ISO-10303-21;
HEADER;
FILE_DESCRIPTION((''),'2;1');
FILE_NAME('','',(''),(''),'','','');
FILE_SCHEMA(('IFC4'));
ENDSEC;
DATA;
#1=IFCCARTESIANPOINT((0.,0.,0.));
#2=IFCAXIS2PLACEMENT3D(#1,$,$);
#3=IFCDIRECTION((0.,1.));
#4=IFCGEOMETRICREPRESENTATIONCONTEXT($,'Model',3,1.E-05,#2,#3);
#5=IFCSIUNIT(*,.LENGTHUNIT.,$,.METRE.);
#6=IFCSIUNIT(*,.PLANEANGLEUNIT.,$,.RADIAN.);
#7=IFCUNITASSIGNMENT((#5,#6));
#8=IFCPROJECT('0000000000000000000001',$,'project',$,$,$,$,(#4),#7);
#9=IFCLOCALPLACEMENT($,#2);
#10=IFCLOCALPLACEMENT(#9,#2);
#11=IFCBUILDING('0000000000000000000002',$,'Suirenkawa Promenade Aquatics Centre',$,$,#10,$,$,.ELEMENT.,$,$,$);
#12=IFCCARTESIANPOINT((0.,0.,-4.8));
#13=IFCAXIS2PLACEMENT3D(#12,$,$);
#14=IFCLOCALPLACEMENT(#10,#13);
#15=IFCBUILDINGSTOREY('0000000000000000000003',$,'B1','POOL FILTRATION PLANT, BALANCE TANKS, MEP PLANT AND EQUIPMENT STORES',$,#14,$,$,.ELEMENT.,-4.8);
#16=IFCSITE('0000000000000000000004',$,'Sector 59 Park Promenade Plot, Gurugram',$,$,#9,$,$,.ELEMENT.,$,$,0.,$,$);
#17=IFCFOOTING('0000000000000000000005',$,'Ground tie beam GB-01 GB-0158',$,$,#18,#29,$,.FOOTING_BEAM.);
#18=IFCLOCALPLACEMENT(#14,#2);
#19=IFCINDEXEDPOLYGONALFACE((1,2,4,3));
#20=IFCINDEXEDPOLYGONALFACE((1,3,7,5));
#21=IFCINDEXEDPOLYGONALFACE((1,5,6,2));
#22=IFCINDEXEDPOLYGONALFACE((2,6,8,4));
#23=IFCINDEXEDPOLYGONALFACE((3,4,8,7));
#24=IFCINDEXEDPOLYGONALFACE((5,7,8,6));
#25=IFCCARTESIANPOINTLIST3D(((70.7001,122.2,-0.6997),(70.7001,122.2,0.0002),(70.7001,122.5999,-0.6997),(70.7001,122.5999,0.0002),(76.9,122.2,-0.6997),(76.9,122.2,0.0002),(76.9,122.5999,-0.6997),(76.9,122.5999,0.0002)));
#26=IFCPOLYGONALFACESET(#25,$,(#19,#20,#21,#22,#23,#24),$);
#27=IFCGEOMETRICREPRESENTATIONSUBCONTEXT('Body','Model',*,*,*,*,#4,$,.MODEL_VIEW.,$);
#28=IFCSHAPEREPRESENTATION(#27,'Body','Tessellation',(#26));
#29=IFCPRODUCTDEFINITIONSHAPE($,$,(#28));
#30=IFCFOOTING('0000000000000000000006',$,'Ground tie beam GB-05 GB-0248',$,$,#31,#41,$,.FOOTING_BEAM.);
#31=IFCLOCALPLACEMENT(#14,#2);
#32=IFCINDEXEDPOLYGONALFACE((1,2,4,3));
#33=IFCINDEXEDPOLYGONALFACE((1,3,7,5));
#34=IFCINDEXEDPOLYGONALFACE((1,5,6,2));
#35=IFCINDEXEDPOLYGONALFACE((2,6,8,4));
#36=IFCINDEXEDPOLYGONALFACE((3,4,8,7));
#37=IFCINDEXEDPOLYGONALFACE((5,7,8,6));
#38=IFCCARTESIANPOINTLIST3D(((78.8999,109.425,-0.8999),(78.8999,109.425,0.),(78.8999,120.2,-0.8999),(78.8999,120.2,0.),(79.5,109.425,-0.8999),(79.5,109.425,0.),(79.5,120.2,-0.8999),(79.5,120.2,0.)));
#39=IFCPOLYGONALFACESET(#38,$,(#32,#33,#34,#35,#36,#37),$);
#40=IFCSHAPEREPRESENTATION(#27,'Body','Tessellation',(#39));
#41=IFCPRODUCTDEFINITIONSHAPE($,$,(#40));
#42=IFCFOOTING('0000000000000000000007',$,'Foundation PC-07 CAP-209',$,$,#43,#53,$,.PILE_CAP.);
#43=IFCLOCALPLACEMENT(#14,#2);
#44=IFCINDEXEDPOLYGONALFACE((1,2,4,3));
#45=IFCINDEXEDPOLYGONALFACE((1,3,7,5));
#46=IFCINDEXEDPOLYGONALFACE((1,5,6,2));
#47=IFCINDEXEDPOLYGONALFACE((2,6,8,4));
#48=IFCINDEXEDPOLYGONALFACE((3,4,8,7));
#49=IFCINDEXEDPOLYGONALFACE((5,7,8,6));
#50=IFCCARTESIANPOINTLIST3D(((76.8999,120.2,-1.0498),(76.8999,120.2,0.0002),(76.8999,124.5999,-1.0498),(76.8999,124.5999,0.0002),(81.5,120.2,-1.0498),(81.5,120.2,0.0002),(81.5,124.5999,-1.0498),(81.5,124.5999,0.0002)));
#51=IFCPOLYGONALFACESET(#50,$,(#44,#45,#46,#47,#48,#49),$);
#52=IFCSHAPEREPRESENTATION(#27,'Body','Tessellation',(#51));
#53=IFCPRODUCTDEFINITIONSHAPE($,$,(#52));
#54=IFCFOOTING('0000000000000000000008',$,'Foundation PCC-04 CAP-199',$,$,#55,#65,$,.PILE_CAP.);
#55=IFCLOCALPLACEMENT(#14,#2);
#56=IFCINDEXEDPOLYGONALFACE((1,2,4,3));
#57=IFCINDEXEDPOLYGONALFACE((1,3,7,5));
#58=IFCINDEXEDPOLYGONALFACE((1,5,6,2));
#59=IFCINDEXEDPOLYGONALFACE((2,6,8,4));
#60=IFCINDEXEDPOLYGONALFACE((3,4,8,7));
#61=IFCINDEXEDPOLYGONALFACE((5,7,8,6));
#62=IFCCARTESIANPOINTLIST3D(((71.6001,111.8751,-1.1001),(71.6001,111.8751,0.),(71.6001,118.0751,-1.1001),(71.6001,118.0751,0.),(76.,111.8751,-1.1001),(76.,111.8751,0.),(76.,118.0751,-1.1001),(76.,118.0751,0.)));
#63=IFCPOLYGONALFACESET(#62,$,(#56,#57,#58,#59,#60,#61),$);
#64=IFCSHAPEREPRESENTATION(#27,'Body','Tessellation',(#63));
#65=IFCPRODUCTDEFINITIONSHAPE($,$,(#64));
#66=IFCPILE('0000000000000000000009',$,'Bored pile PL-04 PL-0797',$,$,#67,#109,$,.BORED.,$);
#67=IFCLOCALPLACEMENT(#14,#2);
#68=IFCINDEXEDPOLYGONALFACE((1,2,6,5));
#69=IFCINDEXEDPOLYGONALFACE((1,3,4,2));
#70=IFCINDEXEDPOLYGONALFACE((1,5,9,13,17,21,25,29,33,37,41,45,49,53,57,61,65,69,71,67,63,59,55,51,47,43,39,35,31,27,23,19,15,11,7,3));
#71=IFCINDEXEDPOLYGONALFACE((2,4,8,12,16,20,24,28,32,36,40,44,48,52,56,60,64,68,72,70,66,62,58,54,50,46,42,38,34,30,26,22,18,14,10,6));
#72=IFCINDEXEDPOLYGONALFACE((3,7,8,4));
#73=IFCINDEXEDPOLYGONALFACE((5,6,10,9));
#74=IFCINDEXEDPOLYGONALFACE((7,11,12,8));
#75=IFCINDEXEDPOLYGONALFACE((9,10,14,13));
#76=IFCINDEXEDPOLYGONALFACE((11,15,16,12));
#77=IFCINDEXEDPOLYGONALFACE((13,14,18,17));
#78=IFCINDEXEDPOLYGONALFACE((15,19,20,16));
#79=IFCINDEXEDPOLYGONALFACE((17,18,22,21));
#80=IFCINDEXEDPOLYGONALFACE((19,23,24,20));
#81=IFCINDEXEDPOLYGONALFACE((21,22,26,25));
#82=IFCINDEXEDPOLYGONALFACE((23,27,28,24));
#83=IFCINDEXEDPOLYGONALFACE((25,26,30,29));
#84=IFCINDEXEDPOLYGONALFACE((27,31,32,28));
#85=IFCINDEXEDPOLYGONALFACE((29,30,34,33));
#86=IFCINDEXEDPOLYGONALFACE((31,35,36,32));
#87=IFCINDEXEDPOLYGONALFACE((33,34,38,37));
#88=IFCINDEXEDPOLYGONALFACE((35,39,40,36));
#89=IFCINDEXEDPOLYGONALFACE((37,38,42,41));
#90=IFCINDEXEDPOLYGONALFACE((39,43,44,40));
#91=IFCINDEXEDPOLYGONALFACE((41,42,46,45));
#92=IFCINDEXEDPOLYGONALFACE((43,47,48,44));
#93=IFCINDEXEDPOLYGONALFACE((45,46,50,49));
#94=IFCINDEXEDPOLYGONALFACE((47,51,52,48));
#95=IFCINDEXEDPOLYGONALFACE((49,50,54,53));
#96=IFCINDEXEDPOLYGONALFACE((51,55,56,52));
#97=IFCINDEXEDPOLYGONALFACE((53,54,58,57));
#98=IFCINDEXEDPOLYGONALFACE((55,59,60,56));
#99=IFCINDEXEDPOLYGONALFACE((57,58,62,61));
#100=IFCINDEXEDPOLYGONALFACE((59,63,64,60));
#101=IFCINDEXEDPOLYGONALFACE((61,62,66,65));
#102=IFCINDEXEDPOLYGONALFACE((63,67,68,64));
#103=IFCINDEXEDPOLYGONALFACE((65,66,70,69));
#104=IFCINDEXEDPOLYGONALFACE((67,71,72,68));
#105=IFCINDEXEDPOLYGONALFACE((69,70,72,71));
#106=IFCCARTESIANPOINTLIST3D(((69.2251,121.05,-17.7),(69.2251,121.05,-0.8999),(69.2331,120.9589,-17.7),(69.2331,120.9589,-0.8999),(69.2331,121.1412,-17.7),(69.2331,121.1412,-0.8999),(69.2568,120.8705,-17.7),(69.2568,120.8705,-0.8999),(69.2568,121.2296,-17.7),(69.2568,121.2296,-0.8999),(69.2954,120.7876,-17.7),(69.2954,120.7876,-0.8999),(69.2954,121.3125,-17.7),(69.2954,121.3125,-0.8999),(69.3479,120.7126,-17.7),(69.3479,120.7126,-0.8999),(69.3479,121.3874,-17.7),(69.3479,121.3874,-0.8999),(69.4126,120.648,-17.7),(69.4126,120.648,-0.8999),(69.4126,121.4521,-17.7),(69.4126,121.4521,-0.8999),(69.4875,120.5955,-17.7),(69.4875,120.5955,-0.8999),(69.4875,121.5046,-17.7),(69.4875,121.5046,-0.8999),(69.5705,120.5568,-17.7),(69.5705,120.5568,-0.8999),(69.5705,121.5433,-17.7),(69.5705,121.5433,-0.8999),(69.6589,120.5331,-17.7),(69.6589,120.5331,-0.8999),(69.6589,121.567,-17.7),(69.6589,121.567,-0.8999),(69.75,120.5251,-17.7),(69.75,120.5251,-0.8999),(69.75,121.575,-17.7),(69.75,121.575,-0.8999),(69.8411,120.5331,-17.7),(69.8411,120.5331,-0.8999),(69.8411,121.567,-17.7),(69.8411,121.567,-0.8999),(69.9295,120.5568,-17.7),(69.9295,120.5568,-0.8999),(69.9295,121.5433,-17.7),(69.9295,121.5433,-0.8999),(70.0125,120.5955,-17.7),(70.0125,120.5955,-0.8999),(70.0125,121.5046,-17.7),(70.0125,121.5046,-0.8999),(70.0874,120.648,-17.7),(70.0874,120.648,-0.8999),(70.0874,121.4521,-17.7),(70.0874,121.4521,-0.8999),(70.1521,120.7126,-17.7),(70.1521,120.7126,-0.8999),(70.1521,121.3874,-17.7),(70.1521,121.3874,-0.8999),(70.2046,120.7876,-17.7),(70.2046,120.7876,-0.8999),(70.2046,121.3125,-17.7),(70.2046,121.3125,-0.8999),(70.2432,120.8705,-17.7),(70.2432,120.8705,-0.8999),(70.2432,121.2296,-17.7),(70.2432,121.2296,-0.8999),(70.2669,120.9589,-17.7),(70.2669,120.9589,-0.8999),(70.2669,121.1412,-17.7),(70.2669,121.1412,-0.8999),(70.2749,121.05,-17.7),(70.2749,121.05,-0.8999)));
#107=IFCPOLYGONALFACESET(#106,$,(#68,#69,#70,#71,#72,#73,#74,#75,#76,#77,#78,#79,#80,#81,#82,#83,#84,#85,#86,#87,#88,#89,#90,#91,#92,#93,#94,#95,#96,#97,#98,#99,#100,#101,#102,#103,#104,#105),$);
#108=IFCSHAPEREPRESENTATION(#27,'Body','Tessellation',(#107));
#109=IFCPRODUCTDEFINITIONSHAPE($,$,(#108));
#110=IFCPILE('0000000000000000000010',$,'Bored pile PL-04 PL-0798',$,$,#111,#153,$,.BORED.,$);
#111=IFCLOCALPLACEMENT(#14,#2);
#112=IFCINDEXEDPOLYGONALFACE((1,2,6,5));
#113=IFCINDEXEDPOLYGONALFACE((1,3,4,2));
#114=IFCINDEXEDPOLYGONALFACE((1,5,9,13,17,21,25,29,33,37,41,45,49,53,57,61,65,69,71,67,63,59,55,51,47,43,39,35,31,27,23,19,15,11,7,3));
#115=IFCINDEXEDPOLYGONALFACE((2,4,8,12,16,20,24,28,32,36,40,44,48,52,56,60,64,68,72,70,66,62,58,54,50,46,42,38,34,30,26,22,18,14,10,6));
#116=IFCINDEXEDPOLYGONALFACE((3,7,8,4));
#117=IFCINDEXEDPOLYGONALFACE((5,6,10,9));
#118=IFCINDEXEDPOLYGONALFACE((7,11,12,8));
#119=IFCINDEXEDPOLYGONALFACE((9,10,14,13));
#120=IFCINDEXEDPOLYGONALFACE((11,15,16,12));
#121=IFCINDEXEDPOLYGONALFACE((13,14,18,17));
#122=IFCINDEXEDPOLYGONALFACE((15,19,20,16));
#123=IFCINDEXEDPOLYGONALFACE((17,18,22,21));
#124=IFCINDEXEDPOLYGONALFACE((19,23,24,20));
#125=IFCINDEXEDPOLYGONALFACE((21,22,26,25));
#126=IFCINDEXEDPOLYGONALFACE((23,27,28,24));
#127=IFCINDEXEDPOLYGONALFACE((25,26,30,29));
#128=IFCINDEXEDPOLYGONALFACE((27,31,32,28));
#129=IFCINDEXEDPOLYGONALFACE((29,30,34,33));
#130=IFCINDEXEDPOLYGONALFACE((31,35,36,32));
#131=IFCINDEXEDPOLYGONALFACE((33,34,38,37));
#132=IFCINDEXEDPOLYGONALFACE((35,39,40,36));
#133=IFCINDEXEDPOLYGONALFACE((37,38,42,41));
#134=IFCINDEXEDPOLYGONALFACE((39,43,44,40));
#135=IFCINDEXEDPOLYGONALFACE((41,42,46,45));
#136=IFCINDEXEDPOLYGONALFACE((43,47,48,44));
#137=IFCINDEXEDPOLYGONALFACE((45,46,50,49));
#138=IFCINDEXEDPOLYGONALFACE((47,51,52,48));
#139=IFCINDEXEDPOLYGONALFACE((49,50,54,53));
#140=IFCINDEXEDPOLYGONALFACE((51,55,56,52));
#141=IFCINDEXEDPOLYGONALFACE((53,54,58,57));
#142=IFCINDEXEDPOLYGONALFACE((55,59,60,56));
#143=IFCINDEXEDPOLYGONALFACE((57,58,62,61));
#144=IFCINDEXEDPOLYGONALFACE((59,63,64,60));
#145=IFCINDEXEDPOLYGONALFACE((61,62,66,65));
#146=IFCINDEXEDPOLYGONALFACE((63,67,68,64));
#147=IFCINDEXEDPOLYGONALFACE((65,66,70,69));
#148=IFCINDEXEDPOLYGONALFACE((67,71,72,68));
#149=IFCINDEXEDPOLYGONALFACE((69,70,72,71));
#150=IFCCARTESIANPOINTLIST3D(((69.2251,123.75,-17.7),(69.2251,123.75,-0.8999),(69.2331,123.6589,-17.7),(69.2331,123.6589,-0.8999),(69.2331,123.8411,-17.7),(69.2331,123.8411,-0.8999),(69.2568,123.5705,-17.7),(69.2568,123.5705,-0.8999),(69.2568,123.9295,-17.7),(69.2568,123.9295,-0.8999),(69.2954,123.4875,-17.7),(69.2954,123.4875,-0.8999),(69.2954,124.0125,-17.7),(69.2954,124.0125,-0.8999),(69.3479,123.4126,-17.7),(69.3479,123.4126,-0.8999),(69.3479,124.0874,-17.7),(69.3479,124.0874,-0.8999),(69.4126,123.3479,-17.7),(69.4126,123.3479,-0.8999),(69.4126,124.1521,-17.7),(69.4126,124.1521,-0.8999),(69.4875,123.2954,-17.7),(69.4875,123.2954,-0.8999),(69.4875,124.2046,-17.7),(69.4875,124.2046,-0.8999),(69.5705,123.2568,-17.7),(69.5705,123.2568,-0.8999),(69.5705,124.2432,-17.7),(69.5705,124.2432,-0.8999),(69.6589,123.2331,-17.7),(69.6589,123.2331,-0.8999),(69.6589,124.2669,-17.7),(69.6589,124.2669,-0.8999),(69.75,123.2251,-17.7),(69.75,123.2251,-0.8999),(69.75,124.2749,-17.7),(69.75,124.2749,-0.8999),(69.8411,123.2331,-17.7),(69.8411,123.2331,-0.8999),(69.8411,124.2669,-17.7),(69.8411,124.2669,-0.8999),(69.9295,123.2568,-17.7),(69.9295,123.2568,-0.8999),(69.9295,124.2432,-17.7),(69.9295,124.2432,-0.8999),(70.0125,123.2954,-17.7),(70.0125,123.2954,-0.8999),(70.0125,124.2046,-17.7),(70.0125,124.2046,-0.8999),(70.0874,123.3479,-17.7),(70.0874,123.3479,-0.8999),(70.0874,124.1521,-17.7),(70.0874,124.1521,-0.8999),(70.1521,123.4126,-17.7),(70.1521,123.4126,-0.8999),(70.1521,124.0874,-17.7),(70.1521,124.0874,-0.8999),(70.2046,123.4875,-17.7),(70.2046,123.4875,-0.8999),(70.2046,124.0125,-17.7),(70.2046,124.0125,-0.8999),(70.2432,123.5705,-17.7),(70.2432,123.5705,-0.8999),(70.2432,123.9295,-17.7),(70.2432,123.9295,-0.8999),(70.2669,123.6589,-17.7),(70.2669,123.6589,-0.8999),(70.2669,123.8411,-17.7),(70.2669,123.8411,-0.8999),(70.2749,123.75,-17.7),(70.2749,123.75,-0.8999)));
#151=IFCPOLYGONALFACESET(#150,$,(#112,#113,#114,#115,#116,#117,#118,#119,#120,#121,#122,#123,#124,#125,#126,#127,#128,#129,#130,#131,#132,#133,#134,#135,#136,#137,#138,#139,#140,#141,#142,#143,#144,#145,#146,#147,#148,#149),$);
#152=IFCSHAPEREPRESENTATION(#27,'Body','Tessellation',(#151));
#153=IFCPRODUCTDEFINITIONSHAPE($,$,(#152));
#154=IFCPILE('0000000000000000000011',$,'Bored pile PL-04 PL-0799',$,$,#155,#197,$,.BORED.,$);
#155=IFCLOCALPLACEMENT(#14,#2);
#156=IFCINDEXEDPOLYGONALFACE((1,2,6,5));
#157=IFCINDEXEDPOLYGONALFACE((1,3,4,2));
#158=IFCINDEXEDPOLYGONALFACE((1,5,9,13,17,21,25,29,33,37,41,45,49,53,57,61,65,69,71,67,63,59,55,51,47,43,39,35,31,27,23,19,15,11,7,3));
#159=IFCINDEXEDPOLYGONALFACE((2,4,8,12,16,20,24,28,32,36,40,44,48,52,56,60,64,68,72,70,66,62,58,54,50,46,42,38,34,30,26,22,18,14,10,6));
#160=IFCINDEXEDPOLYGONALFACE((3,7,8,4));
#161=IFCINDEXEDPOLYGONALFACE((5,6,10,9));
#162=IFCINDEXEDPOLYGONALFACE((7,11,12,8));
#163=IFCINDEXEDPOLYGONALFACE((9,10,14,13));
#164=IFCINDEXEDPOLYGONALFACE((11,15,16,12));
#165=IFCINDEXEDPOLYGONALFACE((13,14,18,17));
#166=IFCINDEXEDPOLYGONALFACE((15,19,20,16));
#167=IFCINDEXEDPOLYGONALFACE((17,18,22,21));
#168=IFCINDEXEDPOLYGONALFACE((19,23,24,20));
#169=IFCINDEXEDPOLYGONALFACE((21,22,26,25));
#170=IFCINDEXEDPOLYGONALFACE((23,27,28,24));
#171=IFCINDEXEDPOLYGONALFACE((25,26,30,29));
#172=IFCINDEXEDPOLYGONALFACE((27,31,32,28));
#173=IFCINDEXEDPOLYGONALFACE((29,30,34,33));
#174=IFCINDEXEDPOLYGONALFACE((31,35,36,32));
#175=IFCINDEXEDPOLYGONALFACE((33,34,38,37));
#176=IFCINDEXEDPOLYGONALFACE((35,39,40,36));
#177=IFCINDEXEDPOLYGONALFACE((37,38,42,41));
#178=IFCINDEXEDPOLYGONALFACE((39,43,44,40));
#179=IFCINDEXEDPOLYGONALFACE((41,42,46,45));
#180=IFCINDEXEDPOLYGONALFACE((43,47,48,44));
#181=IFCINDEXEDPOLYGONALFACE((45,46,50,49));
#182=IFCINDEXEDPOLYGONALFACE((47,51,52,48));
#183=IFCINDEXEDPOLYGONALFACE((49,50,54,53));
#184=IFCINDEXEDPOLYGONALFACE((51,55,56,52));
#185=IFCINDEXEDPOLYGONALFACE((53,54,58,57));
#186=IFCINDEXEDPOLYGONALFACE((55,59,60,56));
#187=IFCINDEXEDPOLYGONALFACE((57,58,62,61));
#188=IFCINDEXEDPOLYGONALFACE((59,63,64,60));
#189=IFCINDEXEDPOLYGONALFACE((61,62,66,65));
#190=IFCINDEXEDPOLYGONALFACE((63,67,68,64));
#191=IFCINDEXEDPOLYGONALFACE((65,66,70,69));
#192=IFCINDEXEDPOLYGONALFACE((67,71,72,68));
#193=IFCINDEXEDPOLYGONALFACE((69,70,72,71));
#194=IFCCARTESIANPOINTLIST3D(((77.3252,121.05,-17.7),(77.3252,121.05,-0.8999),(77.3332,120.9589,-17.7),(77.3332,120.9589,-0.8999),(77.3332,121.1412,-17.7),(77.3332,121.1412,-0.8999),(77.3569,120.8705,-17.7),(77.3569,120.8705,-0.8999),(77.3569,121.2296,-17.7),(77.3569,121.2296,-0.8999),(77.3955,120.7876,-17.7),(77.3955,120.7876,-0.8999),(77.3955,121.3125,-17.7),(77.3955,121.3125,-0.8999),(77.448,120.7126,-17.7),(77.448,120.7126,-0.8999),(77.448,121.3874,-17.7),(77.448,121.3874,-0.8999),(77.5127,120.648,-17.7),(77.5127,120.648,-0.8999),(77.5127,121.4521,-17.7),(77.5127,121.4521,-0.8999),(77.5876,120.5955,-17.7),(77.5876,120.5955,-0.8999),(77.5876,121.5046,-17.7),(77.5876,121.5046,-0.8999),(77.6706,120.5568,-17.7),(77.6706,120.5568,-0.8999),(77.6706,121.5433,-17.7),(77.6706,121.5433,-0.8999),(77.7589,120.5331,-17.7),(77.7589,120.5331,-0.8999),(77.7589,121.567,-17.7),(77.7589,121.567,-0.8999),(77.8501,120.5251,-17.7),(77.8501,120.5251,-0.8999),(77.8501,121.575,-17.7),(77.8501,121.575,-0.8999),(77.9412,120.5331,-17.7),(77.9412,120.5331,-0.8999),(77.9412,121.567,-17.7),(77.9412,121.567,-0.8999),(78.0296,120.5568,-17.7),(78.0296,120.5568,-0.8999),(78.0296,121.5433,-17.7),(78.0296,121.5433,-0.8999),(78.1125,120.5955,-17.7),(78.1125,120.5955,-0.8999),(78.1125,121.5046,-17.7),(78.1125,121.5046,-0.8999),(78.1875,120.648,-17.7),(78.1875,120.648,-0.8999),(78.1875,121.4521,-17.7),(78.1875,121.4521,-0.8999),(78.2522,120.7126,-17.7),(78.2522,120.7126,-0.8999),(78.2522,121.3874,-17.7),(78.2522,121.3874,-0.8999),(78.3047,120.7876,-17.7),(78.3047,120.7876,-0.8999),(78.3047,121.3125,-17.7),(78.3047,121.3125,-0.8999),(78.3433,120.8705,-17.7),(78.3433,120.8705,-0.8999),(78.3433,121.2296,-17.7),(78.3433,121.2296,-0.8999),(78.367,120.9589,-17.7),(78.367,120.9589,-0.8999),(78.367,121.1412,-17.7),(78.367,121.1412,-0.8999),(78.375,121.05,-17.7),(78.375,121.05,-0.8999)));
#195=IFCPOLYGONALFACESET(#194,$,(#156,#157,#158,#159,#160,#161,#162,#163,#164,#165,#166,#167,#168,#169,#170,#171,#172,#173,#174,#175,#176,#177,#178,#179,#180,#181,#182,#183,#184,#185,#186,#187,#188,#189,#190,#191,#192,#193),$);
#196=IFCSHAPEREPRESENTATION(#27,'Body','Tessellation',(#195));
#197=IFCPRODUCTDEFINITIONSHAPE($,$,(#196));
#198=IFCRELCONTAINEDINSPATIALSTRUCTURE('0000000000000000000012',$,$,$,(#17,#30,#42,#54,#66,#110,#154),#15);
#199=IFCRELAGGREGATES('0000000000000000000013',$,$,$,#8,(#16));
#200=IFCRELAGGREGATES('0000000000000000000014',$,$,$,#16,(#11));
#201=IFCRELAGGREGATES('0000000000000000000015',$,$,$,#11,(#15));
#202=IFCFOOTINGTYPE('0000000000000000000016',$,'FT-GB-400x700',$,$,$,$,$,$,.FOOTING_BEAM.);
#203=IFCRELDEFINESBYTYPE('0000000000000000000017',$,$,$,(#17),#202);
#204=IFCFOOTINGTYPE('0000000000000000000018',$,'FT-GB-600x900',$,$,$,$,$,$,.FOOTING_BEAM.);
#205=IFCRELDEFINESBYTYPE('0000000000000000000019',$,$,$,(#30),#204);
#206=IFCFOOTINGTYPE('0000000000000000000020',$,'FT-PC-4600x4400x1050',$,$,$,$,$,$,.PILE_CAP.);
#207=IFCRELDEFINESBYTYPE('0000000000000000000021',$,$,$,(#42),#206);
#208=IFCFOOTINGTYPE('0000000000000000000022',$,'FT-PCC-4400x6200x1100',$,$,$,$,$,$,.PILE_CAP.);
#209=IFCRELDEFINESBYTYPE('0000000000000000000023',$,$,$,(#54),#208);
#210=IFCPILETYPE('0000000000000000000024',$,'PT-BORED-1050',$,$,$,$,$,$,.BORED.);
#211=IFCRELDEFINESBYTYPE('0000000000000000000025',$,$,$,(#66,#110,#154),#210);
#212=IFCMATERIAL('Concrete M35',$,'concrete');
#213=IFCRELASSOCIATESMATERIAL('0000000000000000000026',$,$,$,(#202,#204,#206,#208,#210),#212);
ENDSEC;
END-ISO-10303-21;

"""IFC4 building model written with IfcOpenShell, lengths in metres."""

from ifc_helpers import new_model, si_unit, direction, frame, origin, origin_2d, place, context, subcontext, project, spatial, rectangle, circle, extrude, material, material_profile, profile_set, type_object, element, save


model = new_model("IFC4")

# Units and contexts
model_context = context("Model", 3, precision=1e-05, world=origin(), true_north=direction((0.0, 1.0)))
body_context = subcontext(model_context, "Body", "Model", "MODEL_VIEW")
ifc_project = project(units=[si_unit("LENGTHUNIT", "METRE"), si_unit("PLANEANGLEUNIT", "RADIAN")], contexts=[model_context])

# Site, building, storey
site_placement = place(None, origin())
site = spatial("IfcSite", under=ifc_project, at=site_placement, Name="Sector 59 Park Promenade Plot, Gurugram", CompositionType="ELEMENT", RefElevation=0.0)
building_placement = place(site_placement, origin())
building = spatial("IfcBuilding", under=site, at=building_placement, Name="Suirenkawa Promenade Aquatics Centre", CompositionType="ELEMENT")
storey_placement = place(building_placement, frame((0.0, 0.0, -4.8)))
storey = spatial("IfcBuildingStorey", under=building, at=storey_placement, Name="B1", Description="POOL FILTRATION PLANT, BALANCE TANKS, MEP PLANT AND EQUIPMENT STORES", CompositionType="ELEMENT", Elevation=-4.8)

# Footings
ifc_material_1 = material(Name="Concrete M35", Category="concrete")
footing_type_1 = type_object("IfcFootingType", Name="FT-GB-400x700", PredefinedType="FOOTING_BEAM", material=ifc_material_1)
footing_1_placement = place(storey_placement, frame((73.8, 122.3999, -0.6997), z_axis=(0.0, 0.0, 1.0), x_axis=(1.0, 0.0, 0.0)))
element("IfcFooting", 1, at=footing_1_placement, inside=storey, type_object=footing_type_1, Name="Ground tie beam GB-01 GB-0158", PredefinedType="FOOTING_BEAM", context=body_context, shape_type="SweptSolid", body=[
    extrude(rectangle(XDim=6.2, YDim=0.3999, at=origin_2d()), origin(), (0.0, 0.0, 1.0), 0.7),
])
footing_type_2 = type_object("IfcFootingType", Name="FT-GB-600x900", PredefinedType="FOOTING_BEAM", material=ifc_material_1)
footing_2_placement = place(storey_placement, frame((79.2, 114.8125, -0.8999), z_axis=(0.0, 0.0, 1.0), x_axis=(0.0, 1.0, 0.0)))
element("IfcFooting", 2, at=footing_2_placement, inside=storey, type_object=footing_type_2, Name="Ground tie beam GB-05 GB-0248", PredefinedType="FOOTING_BEAM", context=body_context, shape_type="SweptSolid", body=[
    extrude(rectangle(XDim=10.7749, YDim=0.6001, at=origin_2d()), origin(), (0.0, 0.0, 1.0), 0.8999),
])
footing_type_3 = type_object("IfcFootingType", Name="FT-PC-4600x4400x1050", PredefinedType="PILE_CAP", material=ifc_material_1)
footing_3_placement = place(storey_placement, frame((79.2, 122.3999, -1.0498), z_axis=(0.0, 0.0, 1.0), x_axis=(1.0, 0.0, 0.0)))
element("IfcFooting", 3, at=footing_3_placement, inside=storey, type_object=footing_type_3, Name="Foundation PC-07 CAP-209", PredefinedType="PILE_CAP", context=body_context, shape_type="SweptSolid", body=[
    extrude(rectangle(XDim=4.6001, YDim=4.3999, at=origin_2d()), origin(), (0.0, 0.0, 1.0), 1.05),
])
footing_type_4 = type_object("IfcFootingType", Name="FT-PCC-4400x6200x1100", PredefinedType="PILE_CAP", material=ifc_material_1)
footing_4_placement = place(storey_placement, frame((73.8, 114.9751, -1.1001), z_axis=(0.0, 0.0, 1.0), x_axis=(1.0, 0.0, 0.0)))
element("IfcFooting", 4, at=footing_4_placement, inside=storey, type_object=footing_type_4, Name="Foundation PCC-04 CAP-199", PredefinedType="PILE_CAP", context=body_context, shape_type="SweptSolid", body=[
    extrude(rectangle(XDim=4.3999, YDim=6.2, at=origin_2d()), origin(), (0.0, 0.0, 1.0), 1.1001),
])

# Piles
ifc_material_profile_1 = material_profile(ifc_material_1, circle(Radius=0.5249, at=origin_2d()), Name="PILE D1050", Category="concrete")
ifc_profile_set_1 = profile_set([ifc_material_profile_1], Name="Concrete M35")
pile_type_1 = type_object("IfcPileType", Name="PT-BORED-1050", PredefinedType="BORED", material=ifc_profile_set_1)
for number, where, z_axis, x_axis, name in (
    (5, (69.75, 121.05, -0.8999), (0.0, 0.0, -1.0), (1.0, 0.0, 0.0), "Bored pile PL-04 PL-0797"),
    (6, (69.75, 123.75, -0.8999), (0.0, 0.0, -1.0), (1.0, 0.0, 0.0), "Bored pile PL-04 PL-0798"),
    (7, (77.8501, 121.05, -0.8999), (0.0, 0.0, -1.0), (1.0, 0.0, 0.0), "Bored pile PL-04 PL-0799"),
):
    element("IfcPile", number, at=place(storey_placement, frame(where, z_axis=z_axis, x_axis=x_axis)), inside=storey, type_object=pile_type_1, Name=name, PredefinedType="BORED", context=body_context, shape_type="SweptSolid", body=[
        extrude(circle(Radius=0.5249, at=origin_2d()), origin(), (0.0, 0.0, 1.0), 16.8),
    ])

save(model, "model.ifc")
